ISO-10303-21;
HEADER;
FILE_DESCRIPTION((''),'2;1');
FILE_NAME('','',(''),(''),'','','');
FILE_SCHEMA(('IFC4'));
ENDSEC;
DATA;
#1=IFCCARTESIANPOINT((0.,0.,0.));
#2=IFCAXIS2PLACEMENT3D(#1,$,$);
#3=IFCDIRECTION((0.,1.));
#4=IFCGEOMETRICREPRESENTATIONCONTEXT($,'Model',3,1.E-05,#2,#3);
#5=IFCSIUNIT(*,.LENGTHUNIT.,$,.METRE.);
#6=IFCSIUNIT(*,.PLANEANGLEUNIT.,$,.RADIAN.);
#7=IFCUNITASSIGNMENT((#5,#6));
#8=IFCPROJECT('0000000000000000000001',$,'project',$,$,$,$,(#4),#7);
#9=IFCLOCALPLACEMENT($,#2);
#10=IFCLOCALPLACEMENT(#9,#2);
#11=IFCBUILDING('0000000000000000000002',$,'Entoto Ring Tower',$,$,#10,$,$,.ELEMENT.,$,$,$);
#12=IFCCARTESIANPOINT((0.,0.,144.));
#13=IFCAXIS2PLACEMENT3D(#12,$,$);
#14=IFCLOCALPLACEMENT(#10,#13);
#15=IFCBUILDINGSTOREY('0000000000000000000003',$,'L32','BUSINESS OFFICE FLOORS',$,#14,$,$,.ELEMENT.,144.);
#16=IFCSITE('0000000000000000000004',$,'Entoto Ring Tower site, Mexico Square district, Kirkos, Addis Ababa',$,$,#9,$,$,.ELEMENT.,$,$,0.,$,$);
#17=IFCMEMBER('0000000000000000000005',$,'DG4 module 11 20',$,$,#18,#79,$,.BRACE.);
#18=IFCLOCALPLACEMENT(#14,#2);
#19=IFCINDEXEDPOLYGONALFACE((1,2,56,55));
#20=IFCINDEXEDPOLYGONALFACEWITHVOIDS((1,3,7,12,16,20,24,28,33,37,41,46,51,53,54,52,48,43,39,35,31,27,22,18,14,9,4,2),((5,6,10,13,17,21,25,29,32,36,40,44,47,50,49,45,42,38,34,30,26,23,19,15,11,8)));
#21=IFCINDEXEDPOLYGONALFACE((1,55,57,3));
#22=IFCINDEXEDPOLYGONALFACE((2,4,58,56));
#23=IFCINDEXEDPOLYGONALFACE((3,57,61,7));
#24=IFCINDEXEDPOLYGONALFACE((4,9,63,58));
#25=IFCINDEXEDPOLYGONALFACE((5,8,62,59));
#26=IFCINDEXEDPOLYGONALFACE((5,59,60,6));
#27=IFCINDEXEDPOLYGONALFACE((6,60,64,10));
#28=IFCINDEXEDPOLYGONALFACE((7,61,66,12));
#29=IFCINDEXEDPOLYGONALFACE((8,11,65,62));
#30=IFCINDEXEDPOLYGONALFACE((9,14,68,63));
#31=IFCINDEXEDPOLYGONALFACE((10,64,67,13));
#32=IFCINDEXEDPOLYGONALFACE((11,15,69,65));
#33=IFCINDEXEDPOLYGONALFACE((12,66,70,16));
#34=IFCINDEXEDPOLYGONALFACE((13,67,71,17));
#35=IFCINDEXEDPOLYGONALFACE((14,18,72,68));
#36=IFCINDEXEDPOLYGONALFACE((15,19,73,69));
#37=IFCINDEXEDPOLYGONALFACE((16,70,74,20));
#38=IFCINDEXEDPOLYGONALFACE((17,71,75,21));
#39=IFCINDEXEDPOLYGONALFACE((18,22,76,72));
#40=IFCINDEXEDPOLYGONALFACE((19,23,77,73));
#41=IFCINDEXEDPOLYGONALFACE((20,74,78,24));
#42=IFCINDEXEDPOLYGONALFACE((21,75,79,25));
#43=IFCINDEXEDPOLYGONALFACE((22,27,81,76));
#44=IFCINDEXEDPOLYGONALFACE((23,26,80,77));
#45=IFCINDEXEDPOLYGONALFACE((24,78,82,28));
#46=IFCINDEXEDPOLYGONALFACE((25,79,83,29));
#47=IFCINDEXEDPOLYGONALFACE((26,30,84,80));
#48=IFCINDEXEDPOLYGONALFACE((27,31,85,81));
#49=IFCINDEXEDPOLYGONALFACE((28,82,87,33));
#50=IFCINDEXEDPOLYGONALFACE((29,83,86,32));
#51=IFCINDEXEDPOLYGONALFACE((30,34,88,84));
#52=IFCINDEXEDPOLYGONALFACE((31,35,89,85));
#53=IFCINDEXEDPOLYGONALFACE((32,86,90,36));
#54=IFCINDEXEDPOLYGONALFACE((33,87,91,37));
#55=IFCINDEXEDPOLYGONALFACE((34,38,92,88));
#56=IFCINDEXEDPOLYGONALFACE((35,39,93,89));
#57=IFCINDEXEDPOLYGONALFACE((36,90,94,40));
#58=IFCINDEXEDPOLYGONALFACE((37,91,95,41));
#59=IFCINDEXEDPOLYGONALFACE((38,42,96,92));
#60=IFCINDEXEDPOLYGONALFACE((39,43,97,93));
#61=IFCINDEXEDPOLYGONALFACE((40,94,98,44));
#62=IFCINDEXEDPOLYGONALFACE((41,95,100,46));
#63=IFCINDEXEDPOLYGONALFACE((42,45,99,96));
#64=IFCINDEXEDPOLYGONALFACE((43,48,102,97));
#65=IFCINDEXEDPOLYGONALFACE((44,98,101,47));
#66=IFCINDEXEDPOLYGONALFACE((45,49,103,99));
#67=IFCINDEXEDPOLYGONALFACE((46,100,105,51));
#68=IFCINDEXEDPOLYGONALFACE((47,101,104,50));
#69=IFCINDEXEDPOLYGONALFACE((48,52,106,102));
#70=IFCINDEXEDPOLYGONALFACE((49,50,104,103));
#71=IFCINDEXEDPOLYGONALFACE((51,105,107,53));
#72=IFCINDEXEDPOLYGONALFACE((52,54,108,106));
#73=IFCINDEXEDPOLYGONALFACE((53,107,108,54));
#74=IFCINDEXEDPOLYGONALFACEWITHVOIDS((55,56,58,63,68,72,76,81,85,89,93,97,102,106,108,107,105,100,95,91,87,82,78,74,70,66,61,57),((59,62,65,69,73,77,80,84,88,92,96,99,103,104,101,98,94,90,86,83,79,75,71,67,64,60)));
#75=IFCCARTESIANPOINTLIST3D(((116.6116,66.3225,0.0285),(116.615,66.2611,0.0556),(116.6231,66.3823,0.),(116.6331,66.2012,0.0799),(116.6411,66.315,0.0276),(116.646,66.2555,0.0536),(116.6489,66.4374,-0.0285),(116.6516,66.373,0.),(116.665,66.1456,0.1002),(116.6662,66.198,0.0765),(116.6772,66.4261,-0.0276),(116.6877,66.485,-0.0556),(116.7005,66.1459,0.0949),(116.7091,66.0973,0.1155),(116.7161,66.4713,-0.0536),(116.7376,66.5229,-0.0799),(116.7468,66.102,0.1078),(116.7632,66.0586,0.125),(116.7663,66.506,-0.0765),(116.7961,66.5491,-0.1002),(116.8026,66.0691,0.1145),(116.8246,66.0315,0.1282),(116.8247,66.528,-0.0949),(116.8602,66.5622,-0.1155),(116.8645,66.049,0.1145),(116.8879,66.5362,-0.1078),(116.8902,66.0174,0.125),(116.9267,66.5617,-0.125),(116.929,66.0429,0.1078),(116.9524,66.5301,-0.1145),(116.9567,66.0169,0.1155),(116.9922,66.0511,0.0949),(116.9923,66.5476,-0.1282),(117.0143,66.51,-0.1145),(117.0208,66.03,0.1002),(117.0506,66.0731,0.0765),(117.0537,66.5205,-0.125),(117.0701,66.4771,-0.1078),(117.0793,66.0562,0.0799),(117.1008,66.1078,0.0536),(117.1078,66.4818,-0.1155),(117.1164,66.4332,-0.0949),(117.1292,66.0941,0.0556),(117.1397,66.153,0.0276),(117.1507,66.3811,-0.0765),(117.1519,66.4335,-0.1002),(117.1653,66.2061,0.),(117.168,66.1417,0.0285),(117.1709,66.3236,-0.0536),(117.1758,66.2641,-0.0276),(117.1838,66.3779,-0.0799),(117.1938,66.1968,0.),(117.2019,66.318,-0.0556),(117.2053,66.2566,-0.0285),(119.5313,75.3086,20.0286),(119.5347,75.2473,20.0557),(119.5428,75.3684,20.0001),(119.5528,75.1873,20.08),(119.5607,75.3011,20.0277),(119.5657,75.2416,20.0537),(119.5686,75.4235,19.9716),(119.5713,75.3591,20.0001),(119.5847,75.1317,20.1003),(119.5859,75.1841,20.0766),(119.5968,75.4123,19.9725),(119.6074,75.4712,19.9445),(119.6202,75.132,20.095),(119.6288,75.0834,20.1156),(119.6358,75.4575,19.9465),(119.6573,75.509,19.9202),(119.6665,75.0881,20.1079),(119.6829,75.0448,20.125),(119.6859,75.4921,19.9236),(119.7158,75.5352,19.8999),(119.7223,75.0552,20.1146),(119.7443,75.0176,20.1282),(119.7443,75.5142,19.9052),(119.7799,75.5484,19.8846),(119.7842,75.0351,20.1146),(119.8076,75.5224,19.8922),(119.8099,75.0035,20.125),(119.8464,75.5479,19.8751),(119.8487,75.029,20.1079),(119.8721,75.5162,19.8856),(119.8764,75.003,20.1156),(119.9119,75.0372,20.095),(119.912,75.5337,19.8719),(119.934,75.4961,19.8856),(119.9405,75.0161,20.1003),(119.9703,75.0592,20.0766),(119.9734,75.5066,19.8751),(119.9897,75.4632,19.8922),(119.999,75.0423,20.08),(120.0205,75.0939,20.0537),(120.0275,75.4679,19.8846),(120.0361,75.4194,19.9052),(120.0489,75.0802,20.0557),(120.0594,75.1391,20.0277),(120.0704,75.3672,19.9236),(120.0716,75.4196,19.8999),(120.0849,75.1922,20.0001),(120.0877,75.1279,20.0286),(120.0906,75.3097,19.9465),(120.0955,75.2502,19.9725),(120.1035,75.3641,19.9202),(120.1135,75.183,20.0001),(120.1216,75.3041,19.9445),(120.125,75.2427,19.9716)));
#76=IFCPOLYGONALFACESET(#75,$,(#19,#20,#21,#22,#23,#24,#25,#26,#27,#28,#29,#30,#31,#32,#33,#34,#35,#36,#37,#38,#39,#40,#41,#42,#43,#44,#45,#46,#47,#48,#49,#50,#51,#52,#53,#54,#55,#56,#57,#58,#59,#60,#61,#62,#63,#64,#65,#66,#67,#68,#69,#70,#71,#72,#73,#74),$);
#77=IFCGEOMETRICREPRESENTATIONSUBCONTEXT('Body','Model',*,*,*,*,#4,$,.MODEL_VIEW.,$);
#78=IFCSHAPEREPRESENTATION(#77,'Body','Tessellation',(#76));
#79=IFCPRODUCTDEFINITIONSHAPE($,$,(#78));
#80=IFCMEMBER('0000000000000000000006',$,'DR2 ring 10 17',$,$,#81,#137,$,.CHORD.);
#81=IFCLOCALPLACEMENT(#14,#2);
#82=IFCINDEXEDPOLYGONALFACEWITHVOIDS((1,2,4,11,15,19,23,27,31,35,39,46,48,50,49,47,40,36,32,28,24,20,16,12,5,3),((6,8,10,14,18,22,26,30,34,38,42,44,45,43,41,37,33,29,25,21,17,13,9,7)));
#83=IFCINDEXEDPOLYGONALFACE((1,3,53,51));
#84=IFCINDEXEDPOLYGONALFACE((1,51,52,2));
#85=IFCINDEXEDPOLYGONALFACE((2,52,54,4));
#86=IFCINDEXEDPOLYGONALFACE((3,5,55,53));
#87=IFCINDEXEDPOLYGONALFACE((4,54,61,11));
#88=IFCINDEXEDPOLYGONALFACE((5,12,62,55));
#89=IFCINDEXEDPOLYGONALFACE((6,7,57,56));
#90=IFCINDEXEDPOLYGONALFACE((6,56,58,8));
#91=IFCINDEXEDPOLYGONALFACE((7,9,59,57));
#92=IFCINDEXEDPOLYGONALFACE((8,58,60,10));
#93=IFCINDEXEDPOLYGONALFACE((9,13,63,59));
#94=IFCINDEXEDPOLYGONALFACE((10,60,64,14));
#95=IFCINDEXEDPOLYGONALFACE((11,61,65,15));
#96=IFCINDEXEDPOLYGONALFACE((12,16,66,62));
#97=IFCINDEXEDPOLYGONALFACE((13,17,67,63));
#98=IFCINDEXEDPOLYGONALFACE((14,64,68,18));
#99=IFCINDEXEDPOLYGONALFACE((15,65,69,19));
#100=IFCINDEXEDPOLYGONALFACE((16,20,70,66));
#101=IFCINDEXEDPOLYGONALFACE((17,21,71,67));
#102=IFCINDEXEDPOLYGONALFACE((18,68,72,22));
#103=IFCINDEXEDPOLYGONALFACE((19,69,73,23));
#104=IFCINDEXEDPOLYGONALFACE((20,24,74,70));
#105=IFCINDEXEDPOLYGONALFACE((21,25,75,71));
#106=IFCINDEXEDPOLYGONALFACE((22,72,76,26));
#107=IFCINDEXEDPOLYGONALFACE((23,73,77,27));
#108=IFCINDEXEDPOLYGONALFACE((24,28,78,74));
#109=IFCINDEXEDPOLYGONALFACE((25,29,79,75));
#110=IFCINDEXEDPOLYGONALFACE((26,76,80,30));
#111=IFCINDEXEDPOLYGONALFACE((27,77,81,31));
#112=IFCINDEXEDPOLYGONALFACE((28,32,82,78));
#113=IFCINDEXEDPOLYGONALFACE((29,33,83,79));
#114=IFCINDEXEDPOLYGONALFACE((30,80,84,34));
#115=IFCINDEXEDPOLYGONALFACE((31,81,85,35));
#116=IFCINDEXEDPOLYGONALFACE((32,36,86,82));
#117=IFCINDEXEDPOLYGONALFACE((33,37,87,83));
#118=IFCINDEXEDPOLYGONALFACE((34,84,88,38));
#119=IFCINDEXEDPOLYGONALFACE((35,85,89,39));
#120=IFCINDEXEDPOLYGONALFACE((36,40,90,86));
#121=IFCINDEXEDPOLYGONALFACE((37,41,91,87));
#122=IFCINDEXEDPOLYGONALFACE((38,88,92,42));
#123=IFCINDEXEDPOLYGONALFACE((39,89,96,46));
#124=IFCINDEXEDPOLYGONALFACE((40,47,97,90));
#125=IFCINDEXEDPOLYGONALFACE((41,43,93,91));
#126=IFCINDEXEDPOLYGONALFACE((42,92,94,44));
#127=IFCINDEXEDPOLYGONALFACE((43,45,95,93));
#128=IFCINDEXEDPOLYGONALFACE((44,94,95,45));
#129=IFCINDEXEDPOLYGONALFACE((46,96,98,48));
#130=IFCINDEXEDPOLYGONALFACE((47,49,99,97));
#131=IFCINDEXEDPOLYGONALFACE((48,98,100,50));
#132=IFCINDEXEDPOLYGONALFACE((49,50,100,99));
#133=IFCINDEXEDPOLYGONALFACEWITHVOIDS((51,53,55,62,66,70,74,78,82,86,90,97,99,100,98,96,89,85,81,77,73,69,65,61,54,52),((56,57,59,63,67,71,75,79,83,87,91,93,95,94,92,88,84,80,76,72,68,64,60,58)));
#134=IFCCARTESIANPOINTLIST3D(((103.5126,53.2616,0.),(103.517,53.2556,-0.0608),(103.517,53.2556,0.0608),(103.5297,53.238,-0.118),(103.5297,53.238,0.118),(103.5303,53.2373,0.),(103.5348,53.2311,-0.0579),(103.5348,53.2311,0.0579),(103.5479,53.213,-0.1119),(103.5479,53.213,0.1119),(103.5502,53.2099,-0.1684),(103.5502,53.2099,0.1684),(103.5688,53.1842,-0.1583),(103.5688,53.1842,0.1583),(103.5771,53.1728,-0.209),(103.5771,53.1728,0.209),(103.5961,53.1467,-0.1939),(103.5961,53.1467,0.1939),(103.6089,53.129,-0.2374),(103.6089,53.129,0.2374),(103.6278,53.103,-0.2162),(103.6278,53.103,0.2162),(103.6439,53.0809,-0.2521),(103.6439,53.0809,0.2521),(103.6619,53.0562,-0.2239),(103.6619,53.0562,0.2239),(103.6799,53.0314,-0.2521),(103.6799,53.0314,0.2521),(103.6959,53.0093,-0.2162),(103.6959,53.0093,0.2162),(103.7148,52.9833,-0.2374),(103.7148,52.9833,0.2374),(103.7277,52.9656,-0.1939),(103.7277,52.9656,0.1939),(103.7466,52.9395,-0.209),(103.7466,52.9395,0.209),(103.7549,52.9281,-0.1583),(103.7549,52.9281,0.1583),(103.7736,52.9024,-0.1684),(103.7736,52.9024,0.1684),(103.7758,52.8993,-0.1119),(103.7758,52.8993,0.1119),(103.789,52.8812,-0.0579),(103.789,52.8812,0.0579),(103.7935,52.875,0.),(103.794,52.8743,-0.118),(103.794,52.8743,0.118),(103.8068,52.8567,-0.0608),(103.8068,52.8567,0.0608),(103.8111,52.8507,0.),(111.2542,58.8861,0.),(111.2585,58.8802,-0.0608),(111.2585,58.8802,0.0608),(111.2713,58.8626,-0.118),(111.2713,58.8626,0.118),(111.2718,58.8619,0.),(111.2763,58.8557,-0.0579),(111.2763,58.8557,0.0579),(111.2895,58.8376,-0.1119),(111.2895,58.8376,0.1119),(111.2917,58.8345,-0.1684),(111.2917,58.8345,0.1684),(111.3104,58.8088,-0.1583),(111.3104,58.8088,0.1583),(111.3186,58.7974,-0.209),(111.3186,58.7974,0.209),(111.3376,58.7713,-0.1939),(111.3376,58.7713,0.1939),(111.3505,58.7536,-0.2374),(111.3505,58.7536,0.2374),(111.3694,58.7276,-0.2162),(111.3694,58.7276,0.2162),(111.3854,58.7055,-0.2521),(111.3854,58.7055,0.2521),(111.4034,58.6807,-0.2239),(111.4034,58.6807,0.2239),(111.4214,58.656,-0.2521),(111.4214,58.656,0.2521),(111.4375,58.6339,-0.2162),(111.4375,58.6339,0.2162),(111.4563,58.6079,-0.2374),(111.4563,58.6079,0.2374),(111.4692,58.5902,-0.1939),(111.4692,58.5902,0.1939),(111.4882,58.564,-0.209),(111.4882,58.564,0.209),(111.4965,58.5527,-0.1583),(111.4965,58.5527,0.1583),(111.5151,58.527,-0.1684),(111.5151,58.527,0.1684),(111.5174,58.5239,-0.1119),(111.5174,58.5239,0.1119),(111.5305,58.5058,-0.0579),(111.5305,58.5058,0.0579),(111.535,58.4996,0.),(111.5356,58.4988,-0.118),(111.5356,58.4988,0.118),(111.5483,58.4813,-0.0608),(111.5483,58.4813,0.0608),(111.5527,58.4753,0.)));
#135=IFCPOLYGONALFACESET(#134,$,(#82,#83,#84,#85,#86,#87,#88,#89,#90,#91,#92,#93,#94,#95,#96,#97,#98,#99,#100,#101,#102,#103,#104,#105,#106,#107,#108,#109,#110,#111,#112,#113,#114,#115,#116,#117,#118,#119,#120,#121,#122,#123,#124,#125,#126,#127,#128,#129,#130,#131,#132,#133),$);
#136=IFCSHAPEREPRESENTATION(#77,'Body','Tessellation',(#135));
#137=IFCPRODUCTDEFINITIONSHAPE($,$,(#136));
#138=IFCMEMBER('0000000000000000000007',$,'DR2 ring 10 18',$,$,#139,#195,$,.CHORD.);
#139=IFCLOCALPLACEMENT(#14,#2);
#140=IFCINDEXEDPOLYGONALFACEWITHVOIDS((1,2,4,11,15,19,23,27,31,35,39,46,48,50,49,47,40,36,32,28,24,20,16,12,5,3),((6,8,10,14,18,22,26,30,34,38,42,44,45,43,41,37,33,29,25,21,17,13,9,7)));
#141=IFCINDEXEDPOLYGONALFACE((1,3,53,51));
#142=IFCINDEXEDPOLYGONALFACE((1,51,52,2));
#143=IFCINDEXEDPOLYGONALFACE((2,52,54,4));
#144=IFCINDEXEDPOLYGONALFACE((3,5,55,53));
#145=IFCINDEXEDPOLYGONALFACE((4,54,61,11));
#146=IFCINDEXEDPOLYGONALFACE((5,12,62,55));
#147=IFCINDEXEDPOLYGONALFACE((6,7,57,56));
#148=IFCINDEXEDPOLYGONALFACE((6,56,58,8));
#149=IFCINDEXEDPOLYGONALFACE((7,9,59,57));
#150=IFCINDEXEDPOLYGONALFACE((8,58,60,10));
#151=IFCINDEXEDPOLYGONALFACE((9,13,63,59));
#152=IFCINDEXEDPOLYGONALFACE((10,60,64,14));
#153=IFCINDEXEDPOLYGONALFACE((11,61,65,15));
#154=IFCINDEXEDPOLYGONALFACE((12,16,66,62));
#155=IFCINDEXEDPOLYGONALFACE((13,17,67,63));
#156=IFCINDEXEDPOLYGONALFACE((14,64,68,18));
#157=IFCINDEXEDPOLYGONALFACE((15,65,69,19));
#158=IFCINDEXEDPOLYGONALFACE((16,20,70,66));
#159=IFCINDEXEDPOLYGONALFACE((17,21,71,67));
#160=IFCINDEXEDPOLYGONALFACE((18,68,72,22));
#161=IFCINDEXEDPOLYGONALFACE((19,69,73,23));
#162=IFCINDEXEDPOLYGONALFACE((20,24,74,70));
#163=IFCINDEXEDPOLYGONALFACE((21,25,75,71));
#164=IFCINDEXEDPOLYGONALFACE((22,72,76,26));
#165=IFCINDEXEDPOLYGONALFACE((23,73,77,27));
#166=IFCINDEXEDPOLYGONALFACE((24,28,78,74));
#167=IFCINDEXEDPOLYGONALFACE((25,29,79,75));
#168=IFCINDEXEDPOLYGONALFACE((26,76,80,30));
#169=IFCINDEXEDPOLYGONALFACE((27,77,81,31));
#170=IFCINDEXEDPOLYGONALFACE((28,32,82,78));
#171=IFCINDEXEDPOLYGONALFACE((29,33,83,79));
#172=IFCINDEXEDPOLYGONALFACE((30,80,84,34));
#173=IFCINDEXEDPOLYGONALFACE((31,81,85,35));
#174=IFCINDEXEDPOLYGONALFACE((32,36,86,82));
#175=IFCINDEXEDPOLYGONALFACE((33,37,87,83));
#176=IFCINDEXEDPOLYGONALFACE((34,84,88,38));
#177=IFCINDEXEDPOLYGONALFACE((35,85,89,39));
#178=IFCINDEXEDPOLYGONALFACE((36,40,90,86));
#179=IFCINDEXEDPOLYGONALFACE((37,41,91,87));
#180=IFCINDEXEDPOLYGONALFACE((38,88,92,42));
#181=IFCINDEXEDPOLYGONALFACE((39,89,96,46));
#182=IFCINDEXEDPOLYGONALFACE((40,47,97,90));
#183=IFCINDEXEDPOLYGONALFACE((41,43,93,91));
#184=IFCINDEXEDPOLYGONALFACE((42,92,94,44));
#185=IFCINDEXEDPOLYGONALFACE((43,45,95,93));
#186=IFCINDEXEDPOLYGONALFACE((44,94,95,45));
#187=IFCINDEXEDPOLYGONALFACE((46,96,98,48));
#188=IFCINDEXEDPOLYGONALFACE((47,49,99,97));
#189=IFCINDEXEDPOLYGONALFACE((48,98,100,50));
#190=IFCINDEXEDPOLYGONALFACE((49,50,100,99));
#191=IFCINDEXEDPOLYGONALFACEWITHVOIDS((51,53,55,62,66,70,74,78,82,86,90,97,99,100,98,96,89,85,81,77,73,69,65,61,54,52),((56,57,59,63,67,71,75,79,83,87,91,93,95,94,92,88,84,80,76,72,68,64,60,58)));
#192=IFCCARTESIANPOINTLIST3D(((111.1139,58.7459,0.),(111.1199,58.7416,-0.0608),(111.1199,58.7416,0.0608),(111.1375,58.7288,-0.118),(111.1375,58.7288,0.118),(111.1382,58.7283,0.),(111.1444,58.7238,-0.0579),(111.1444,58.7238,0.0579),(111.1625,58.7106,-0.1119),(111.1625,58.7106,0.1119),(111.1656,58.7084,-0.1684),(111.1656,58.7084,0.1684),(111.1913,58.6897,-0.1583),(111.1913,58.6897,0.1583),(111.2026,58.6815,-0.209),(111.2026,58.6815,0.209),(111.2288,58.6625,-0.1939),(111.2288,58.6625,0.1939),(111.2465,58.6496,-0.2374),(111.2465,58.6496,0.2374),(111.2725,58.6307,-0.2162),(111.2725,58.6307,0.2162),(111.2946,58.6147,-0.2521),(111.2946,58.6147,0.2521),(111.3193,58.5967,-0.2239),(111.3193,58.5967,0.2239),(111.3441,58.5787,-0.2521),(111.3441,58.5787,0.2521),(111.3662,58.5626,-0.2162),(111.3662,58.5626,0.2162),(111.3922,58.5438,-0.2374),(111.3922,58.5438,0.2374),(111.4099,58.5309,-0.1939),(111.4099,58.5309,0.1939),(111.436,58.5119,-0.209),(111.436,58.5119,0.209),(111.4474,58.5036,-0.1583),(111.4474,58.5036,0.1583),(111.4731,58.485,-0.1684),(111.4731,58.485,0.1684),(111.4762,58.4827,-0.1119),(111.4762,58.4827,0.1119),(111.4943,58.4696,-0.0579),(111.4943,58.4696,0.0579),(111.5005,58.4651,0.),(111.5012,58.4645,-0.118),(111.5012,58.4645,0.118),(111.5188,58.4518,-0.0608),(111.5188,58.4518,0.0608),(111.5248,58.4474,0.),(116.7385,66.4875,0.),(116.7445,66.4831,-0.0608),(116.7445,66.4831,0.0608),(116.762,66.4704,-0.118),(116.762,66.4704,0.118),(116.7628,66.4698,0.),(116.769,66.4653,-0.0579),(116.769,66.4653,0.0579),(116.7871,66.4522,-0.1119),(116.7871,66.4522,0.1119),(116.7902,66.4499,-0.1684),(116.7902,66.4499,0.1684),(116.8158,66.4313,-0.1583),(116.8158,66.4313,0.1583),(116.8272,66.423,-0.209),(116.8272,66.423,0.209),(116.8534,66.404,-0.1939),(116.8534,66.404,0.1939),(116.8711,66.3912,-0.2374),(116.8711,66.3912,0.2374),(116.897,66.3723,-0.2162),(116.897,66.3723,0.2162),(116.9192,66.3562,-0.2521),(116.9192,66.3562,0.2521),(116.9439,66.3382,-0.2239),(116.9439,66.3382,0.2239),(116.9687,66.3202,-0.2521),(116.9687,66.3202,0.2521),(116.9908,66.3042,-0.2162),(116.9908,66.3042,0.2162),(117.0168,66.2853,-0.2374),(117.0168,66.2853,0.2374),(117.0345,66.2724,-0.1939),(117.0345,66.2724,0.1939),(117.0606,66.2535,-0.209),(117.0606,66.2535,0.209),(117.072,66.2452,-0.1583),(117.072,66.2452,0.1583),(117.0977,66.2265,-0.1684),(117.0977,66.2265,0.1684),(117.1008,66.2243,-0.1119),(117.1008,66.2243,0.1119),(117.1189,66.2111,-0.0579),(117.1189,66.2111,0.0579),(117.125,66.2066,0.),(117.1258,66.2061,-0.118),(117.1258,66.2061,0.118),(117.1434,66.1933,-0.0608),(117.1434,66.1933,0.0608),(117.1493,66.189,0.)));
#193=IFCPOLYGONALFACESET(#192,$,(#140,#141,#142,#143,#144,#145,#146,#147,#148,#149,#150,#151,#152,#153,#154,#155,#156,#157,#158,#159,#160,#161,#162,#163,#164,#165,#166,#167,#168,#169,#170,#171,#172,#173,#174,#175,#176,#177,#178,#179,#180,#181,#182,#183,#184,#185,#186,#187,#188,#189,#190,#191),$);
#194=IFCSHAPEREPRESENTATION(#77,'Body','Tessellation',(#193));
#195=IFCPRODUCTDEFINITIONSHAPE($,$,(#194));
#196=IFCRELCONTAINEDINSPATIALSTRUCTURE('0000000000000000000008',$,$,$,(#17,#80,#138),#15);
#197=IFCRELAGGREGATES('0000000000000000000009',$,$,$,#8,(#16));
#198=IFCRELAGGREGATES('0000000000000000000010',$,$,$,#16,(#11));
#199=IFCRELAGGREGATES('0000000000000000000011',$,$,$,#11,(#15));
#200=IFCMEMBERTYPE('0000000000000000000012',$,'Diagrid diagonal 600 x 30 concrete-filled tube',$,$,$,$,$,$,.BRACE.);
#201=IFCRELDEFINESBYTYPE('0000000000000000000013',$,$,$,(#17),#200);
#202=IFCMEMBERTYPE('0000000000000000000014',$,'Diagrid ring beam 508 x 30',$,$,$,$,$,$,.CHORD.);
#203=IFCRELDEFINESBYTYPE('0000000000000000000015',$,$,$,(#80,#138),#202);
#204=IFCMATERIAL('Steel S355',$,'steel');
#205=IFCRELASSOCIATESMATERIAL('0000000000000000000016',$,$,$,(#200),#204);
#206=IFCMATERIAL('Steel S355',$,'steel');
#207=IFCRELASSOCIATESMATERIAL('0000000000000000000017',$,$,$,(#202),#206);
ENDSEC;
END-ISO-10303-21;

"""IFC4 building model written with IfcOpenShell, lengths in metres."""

from ifc_helpers import new_model, si_unit, direction, frame, origin, origin_2d, place, context, subcontext, project, spatial, circle, hollow_circle, extrude, material, material_profile, profile_set, type_object, element, save


model = new_model("IFC4")

# Units and contexts
model_context = context("Model", 3, precision=1e-05, world=origin(), true_north=direction((0.0, 1.0)))
body_context = subcontext(model_context, "Body", "Model", "MODEL_VIEW")
ifc_project = project(units=[si_unit("LENGTHUNIT", "METRE"), si_unit("PLANEANGLEUNIT", "RADIAN")], contexts=[model_context])

# Site, building, storey
site_placement = place(None, origin())
site = spatial("IfcSite", under=ifc_project, at=site_placement, Name="Entoto Ring Tower site, Mexico Square district, Kirkos, Addis Ababa", CompositionType="ELEMENT", RefElevation=0.0)
building_placement = place(site_placement, origin())
building = spatial("IfcBuilding", under=site, at=building_placement, Name="Entoto Ring Tower", CompositionType="ELEMENT")
storey_placement = place(building_placement, frame((0.0, 0.0, 144.0)))
storey = spatial("IfcBuildingStorey", under=building, at=storey_placement, Name="L32", Description="BUSINESS OFFICE FLOORS", CompositionType="ELEMENT", Elevation=144.0)

# Members
ifc_material_1 = material(Name="Steel S355", Category="steel")
ifc_material_profile_1 = material_profile(ifc_material_1, hollow_circle(Radius=0.3, WallThickness=0.03, at=origin_2d()), Name="CHS 600 x 30")
ifc_material_2 = material(Name="Concrete C60/75", Category="concrete")
ifc_material_profile_2 = material_profile(ifc_material_2, circle(Radius=0.27, at=origin_2d()), Name="Concrete C60/75 infill")
ifc_profile_set_1 = profile_set([ifc_material_profile_1, ifc_material_profile_2], Name="Steel S355")
member_type_1 = type_object("IfcMemberType", Name="Diagrid diagonal 600 x 30 concrete-filled tube", PredefinedType="BRACE", material=ifc_profile_set_1)
for number, where, z_axis, x_axis, name in (
    (1, (116.9084, 66.2896, 0.0), (0.131995, 0.406251, 0.904178), (-0.951059, 0.30901, 0.0), "DG4 module 11 20"),
):
    element("IfcMember", number, at=place(storey_placement, frame(where, z_axis=z_axis, x_axis=x_axis)), inside=storey, type_object=member_type_1, Name=name, PredefinedType="BRACE", context=body_context, shape_type="SweptSolid", body=[
        extrude(hollow_circle(Radius=0.3, WallThickness=0.03, at=origin_2d()), origin(), (0.0, 0.0, 1.0), 22.1196),
    ])
ifc_material_3 = material(Name="Steel S355", Category="steel")
ifc_material_profile_3 = material_profile(ifc_material_3, hollow_circle(Radius=0.2539, WallThickness=0.03, at=origin_2d()), Name="CHS 508 x 30")
ifc_material_4 = material(Name="Concrete C60/75", Category="concrete")
ifc_material_profile_4 = material_profile(ifc_material_4, circle(Radius=0.2241, at=origin_2d()), Name="Concrete C60/75 infill")
ifc_profile_set_2 = profile_set([ifc_material_profile_3, ifc_material_profile_4], Name="Steel S355")
member_type_2 = type_object("IfcMemberType", Name="Diagrid ring beam 508 x 30", PredefinedType="CHORD", material=ifc_profile_set_2)
for number, where, z_axis, x_axis, name in (
    (2, (103.6619, 53.0562, 0.0), (0.809016, 0.587786, 0.0), (-0.587786, 0.809016, 0.0), "DR2 ring 10 17"),
    (3, (111.3193, 58.5967, 0.0), (0.587786, 0.809016, 0.0), (-0.809016, 0.587786, 0.0), "DR2 ring 10 18"),
):
    element("IfcMember", number, at=place(storey_placement, frame(where, z_axis=z_axis, x_axis=x_axis)), inside=storey, type_object=member_type_2, Name=name, PredefinedType="CHORD", context=body_context, shape_type="SweptSolid", body=[
        extrude(hollow_circle(Radius=0.2539, WallThickness=0.03, at=origin_2d()), origin(), (0.0, 0.0, 1.0), 9.5691),
    ])

save(model, "model.ifc")
